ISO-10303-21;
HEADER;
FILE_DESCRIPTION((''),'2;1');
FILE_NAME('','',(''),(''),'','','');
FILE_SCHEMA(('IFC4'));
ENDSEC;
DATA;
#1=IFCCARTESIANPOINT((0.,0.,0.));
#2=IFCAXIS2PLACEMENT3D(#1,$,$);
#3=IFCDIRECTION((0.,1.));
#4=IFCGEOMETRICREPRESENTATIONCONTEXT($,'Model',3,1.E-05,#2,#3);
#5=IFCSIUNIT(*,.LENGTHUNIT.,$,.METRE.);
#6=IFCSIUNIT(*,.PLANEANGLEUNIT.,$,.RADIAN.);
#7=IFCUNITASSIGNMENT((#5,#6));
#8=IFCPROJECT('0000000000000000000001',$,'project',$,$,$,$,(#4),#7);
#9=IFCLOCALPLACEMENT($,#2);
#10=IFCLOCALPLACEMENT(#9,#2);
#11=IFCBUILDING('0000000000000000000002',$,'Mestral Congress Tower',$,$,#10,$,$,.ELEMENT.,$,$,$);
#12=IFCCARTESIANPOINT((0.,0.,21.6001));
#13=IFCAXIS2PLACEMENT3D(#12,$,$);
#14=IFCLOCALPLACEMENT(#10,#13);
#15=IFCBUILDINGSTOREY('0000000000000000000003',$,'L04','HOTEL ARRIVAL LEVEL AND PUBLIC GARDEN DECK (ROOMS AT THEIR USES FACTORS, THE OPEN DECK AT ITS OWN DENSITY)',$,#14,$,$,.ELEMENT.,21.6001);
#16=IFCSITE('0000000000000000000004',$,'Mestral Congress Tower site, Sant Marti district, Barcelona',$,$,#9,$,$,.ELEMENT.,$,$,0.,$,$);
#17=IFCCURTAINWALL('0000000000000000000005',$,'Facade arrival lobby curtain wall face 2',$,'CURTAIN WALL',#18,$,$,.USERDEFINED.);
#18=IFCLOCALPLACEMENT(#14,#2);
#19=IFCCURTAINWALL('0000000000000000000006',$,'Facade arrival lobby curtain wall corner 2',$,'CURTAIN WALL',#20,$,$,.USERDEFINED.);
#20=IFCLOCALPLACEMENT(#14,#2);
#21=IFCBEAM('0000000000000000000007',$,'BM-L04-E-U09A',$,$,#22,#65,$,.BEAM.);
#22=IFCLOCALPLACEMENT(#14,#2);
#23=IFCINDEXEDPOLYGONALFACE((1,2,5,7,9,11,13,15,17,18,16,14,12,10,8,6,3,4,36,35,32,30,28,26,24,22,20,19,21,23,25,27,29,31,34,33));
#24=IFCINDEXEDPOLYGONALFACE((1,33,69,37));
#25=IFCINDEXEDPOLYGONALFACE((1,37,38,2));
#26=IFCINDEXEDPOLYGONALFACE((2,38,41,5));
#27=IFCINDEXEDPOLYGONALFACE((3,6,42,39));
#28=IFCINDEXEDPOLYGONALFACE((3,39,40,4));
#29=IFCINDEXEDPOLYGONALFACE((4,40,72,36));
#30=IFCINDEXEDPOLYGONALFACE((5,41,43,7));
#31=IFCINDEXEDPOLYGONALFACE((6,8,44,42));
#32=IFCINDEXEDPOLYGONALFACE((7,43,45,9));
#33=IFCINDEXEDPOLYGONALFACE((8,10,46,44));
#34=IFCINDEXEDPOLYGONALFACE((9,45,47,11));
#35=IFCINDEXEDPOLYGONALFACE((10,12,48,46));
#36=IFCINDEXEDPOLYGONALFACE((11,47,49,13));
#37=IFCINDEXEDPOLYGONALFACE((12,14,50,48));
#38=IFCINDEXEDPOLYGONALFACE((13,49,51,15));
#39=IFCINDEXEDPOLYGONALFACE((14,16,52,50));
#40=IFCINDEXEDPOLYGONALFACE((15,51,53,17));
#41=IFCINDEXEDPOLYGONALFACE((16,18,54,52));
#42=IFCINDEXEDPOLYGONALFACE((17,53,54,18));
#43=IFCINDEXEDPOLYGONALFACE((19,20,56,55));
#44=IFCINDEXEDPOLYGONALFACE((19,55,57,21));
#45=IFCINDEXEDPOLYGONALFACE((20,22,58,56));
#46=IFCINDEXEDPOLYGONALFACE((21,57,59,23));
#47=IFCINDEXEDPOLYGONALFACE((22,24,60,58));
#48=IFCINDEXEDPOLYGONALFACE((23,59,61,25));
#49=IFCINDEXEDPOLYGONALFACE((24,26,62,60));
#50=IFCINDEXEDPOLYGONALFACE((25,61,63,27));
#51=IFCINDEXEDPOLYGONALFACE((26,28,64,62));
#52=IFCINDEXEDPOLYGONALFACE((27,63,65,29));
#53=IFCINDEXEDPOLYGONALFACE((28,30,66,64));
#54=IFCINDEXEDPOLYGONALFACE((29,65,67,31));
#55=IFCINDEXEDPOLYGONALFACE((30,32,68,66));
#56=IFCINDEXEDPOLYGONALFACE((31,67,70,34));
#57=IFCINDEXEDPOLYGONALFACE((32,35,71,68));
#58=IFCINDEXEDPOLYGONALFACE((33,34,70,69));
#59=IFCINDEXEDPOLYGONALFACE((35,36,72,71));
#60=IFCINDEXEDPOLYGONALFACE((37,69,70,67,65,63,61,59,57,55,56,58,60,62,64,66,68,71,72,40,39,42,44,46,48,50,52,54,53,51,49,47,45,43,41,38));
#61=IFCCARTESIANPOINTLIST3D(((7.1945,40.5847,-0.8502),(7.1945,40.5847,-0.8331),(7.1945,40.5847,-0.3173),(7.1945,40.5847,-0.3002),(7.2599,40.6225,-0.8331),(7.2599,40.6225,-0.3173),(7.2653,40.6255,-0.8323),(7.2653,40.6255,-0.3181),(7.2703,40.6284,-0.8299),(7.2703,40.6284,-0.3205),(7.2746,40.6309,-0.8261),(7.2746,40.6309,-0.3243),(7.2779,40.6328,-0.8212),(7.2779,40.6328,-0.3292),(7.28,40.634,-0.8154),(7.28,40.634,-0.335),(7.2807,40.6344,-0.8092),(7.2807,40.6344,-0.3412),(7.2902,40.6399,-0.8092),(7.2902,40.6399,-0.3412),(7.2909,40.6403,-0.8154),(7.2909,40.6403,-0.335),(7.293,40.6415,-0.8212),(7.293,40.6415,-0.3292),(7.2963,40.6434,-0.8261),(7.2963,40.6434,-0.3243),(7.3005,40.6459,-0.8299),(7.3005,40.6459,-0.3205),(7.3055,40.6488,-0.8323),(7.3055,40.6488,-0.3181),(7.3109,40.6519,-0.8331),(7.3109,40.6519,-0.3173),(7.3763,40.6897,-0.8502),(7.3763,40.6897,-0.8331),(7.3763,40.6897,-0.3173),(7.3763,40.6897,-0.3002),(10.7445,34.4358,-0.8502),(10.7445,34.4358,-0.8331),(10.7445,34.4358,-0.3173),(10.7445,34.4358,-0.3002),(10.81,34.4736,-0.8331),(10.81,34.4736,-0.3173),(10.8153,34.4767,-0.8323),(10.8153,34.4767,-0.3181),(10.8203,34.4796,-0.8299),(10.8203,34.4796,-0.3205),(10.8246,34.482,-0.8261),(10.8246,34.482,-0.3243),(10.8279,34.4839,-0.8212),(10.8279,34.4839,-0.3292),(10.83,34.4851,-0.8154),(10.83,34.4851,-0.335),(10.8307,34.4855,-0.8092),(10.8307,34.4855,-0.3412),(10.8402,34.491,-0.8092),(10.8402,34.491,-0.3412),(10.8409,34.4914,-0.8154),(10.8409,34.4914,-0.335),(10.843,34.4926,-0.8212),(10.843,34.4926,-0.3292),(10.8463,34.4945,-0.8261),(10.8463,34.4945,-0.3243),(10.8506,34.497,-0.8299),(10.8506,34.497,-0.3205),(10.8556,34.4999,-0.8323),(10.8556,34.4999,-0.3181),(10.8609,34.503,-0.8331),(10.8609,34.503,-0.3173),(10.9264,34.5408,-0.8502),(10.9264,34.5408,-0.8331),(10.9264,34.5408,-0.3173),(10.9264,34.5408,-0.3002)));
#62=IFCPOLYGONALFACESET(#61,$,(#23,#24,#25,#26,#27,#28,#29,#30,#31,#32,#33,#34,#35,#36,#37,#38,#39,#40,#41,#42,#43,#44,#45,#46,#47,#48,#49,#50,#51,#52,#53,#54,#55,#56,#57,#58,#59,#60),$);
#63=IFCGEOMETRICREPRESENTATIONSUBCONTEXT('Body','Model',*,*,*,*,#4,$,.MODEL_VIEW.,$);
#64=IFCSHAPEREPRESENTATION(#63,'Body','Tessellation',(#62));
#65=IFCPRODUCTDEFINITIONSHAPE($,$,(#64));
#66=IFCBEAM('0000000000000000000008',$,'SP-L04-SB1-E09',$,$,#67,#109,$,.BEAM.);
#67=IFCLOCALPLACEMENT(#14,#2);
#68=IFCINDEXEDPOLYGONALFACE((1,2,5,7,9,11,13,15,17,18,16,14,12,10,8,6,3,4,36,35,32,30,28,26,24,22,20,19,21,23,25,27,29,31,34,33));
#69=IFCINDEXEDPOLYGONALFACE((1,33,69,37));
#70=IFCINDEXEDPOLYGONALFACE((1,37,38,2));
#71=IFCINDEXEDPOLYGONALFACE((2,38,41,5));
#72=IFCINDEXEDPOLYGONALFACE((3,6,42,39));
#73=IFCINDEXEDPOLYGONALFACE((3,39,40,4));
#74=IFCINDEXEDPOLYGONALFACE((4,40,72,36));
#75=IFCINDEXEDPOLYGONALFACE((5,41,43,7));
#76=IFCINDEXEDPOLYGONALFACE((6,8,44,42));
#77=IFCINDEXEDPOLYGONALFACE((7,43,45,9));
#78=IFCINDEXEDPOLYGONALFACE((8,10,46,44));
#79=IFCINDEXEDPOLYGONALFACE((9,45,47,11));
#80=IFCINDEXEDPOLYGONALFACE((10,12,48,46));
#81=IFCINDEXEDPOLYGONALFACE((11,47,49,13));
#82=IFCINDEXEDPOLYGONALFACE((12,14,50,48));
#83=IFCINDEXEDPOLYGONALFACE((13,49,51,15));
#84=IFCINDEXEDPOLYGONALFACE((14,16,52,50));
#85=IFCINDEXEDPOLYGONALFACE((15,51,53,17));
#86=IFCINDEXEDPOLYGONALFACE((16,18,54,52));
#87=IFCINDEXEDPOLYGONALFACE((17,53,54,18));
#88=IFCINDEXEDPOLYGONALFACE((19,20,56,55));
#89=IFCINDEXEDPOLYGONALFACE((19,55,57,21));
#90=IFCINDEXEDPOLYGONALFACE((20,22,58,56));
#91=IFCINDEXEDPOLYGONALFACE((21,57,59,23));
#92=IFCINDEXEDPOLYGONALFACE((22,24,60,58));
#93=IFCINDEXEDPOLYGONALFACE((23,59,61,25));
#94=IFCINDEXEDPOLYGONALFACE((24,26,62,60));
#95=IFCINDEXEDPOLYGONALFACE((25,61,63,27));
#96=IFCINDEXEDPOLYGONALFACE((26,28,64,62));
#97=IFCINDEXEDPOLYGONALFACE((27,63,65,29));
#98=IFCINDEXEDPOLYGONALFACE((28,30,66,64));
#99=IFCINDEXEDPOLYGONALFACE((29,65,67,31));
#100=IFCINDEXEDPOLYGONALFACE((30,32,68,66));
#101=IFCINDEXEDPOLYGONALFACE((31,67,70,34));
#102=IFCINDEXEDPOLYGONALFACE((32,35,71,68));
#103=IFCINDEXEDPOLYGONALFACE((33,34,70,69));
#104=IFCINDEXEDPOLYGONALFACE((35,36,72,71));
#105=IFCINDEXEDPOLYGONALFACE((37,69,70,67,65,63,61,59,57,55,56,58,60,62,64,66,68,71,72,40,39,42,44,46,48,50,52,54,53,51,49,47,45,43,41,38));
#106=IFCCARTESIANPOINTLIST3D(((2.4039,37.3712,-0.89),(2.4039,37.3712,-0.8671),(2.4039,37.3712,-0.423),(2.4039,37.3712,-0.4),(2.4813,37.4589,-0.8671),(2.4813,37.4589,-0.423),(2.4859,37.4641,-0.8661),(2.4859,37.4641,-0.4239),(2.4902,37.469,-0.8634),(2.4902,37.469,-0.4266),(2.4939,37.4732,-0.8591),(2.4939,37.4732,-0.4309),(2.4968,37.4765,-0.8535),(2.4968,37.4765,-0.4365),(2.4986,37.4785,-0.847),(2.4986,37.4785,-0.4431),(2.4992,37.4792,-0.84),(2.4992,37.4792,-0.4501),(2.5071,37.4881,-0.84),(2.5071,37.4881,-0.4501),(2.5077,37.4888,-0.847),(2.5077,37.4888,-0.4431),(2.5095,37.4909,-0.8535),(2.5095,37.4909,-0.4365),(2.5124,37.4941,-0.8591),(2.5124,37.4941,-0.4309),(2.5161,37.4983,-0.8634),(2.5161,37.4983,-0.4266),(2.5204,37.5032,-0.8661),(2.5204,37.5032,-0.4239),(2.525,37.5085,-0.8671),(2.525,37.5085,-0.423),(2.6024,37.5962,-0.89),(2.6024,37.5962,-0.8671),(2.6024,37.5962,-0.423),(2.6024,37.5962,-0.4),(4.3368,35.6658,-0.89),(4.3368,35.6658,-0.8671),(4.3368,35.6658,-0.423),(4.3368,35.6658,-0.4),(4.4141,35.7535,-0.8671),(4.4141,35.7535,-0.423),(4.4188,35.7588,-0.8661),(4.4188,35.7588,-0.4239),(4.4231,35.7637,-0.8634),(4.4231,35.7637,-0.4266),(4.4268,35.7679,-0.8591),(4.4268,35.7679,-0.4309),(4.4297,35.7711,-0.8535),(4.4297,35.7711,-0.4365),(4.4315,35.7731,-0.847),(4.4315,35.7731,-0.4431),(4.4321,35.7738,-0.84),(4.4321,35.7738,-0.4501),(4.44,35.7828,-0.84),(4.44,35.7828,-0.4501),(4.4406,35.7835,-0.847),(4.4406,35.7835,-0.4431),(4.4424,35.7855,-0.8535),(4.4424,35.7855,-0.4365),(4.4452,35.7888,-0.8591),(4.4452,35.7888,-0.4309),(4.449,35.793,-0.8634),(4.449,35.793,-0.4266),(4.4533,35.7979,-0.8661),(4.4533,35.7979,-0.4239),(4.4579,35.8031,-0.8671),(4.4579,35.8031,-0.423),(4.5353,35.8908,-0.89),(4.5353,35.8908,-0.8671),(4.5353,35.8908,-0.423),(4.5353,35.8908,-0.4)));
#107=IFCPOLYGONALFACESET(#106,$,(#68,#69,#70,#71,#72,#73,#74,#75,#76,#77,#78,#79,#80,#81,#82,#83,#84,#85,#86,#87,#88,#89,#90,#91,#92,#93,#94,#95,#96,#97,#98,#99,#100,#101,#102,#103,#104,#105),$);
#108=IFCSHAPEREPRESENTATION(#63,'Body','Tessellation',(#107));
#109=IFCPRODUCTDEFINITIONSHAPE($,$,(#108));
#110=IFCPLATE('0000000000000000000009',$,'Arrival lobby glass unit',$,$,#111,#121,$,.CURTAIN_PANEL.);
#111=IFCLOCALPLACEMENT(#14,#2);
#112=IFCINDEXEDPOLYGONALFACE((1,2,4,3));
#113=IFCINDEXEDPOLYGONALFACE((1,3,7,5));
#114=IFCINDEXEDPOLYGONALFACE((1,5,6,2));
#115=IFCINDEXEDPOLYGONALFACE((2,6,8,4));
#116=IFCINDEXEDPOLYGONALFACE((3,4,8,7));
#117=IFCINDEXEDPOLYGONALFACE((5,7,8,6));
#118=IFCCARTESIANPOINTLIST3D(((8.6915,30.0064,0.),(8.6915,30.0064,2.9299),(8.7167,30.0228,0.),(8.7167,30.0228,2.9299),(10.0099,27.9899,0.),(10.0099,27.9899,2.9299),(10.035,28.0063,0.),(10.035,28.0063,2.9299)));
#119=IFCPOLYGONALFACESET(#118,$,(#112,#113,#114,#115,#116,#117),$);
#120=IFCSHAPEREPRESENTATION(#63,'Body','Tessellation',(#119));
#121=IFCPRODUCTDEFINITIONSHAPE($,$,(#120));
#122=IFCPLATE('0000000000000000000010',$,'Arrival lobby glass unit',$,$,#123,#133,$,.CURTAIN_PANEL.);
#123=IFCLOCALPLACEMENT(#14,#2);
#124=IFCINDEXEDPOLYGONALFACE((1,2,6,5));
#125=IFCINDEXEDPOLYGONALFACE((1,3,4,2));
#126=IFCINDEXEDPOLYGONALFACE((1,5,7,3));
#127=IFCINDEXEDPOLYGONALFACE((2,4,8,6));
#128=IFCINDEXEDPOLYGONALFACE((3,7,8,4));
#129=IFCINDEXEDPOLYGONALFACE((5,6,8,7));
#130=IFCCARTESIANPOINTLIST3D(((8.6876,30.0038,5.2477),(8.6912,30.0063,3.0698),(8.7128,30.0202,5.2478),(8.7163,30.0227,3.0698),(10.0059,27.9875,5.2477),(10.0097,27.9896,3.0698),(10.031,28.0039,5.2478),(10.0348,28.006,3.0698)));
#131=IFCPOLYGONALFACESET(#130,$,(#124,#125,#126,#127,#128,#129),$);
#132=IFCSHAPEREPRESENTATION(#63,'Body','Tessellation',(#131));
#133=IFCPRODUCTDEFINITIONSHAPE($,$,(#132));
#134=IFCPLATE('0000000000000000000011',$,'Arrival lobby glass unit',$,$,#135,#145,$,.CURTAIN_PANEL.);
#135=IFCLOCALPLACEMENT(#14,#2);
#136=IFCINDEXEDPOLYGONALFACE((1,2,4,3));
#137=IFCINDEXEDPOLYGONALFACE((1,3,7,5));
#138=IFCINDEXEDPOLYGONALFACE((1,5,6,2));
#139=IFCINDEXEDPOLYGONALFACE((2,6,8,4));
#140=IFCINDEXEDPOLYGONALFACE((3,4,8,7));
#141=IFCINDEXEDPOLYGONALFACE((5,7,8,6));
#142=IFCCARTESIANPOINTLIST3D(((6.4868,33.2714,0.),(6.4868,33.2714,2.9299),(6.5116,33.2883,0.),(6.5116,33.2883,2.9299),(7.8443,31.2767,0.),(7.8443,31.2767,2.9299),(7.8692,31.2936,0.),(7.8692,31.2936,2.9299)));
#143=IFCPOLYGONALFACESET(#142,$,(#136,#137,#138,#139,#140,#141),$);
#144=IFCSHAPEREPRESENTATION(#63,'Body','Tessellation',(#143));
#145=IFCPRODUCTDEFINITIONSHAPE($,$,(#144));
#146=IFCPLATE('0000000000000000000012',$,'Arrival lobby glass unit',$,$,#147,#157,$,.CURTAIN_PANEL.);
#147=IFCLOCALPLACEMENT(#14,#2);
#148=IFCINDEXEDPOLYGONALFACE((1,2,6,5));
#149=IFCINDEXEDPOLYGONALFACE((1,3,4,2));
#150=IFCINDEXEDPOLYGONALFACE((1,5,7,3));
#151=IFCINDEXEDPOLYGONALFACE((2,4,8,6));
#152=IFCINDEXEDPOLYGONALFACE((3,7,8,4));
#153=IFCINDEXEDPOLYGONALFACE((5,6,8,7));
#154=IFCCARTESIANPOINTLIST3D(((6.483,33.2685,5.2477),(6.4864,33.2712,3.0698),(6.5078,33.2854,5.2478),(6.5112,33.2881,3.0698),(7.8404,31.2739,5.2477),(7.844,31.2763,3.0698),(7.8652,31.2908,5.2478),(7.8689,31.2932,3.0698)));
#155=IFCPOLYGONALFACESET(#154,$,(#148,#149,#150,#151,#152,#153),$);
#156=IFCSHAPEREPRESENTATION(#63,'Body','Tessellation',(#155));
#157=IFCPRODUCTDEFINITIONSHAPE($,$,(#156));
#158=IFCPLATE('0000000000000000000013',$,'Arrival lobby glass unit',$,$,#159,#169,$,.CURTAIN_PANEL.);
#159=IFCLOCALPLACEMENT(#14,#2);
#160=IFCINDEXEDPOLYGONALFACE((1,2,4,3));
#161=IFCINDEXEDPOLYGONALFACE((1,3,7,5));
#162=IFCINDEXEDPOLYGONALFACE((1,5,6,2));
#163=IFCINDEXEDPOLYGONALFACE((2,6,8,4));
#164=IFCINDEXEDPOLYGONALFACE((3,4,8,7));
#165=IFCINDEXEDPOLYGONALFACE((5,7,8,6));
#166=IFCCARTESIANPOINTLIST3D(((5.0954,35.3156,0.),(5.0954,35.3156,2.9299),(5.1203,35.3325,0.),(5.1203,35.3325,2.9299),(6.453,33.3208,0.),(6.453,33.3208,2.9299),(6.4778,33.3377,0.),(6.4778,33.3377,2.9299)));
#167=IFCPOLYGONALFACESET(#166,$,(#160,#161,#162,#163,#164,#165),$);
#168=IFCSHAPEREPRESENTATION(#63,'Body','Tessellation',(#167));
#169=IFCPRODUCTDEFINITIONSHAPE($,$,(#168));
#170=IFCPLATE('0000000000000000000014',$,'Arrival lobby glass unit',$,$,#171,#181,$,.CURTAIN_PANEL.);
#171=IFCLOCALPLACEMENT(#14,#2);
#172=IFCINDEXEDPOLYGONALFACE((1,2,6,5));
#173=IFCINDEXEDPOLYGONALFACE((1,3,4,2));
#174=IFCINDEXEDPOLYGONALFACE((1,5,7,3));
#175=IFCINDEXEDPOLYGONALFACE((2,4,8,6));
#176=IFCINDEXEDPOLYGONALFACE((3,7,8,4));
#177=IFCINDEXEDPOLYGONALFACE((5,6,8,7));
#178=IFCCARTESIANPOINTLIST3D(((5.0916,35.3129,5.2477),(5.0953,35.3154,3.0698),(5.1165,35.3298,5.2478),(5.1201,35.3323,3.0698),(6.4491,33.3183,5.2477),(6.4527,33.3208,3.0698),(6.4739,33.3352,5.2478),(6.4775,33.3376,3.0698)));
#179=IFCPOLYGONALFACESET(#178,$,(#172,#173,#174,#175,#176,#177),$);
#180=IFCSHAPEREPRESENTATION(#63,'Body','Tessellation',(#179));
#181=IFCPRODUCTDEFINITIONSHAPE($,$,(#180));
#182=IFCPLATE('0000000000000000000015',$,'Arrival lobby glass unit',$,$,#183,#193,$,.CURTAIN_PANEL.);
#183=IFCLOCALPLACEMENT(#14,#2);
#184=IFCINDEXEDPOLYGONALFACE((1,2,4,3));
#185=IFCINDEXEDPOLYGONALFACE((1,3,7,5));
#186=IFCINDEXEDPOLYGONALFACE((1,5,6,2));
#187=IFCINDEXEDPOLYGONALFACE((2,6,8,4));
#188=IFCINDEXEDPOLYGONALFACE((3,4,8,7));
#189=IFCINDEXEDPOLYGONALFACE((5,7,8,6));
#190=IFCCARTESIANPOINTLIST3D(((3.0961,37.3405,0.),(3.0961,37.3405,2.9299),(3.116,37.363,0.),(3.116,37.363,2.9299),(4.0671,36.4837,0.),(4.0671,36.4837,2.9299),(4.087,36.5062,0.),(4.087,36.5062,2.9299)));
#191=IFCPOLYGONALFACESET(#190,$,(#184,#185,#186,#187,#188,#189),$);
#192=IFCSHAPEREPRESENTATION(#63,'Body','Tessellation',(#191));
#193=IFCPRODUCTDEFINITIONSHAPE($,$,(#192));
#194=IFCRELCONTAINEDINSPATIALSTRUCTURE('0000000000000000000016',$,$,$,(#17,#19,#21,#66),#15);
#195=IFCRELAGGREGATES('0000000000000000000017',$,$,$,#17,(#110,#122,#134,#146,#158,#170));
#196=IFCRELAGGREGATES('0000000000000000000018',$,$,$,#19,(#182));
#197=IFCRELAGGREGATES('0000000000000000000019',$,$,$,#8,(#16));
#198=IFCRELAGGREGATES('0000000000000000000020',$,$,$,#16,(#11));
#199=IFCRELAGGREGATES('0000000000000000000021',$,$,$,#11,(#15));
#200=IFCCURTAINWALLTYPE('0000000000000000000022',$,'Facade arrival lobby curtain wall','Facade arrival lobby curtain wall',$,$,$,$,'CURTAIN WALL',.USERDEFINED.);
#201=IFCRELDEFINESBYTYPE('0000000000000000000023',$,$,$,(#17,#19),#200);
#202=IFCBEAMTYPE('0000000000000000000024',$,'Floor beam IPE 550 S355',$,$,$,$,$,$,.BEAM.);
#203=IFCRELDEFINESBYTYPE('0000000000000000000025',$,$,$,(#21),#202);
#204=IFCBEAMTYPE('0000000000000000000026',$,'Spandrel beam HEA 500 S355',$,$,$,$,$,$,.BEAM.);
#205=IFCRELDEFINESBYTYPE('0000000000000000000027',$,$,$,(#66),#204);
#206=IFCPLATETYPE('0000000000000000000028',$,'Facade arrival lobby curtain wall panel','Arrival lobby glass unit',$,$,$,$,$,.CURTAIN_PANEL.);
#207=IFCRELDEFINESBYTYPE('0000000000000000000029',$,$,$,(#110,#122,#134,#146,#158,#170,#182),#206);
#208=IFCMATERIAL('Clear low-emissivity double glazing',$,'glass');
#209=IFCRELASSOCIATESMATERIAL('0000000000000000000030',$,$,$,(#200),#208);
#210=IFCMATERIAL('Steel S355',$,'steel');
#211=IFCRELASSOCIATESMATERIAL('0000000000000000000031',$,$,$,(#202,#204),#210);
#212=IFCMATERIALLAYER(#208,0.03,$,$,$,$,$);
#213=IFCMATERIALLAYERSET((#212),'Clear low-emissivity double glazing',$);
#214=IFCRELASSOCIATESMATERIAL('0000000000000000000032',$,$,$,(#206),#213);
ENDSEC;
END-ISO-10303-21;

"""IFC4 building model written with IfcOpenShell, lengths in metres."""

from ifc_helpers import new_model, si_unit, direction, frame, origin, origin_2d, place, context, subcontext, project, spatial, polyline, rectangle, i_section, outline, extrude, material, layer, layer_set, material_profile, profile_set, type_object, element, aggregate, save


model = new_model("IFC4")

# Units and contexts
model_context = context("Model", 3, precision=1e-05, world=origin(), true_north=direction((0.0, 1.0)))
body_context = subcontext(model_context, "Body", "Model", "MODEL_VIEW")
ifc_project = project(units=[si_unit("LENGTHUNIT", "METRE"), si_unit("PLANEANGLEUNIT", "RADIAN")], contexts=[model_context])

# Site, building, storey
site_placement = place(None, origin())
site = spatial("IfcSite", under=ifc_project, at=site_placement, Name="Mestral Congress Tower site, Sant Marti district, Barcelona", CompositionType="ELEMENT", RefElevation=0.0)
building_placement = place(site_placement, origin())
building = spatial("IfcBuilding", under=site, at=building_placement, Name="Mestral Congress Tower", CompositionType="ELEMENT")
storey_placement = place(building_placement, frame((0.0, 0.0, 21.6001)))
storey = spatial("IfcBuildingStorey", under=building, at=storey_placement, Name="L04", Description="HOTEL ARRIVAL LEVEL AND PUBLIC GARDEN DECK (ROOMS AT THEIR USES FACTORS, THE OPEN DECK AT ITS OWN DENSITY)", CompositionType="ELEMENT", Elevation=21.6001)

# Curtain wall
ifc_material_1 = material(Name="Clear low-emissivity double glazing", Category="glass")
curtain_wall_type = type_object("IfcCurtainWallType", Name="Facade arrival lobby curtain wall", Description="Facade arrival lobby curtain wall", ElementType="CURTAIN WALL", PredefinedType="USERDEFINED", material=ifc_material_1)
placement = place(storey_placement, origin())
curtain_wall_1 = element("IfcCurtainWall", 1, at=placement, inside=storey, type_object=curtain_wall_type, Name="Facade arrival lobby curtain wall face 2", ObjectType="CURTAIN WALL", PredefinedType="USERDEFINED")

# Curtain wall
curtain_wall_2 = element("IfcCurtainWall", 2, at=placement, inside=storey, type_object=curtain_wall_type, Name="Facade arrival lobby curtain wall corner 2", ObjectType="CURTAIN WALL", PredefinedType="USERDEFINED")

# Beams
ifc_material_2 = material(Name="Steel S355", Category="steel")
ifc_material_profile_1 = material_profile(ifc_material_2, i_section(OverallWidth=0.21, OverallDepth=0.55, WebThickness=0.011, FlangeThickness=0.0171, FilletRadius=0.0239, at=origin_2d()), Name="IPE 550")
ifc_profile_set_1 = profile_set([ifc_material_profile_1], Name="Steel S355")
beam_type_1 = type_object("IfcBeamType", Name="Floor beam IPE 550 S355", PredefinedType="BEAM", material=ifc_profile_set_1)
beam_1_placement = place(storey_placement, frame((10.8354, 34.4883, -0.5752), z_axis=(-0.499996, 0.866028, 0.0), x_axis=(-0.866028, -0.499996, 0.0)))
element("IfcBeam", 3, at=beam_1_placement, inside=storey, type_object=beam_type_1, Name="BM-L04-E-U09A", PredefinedType="BEAM", context=body_context, shape_type="SweptSolid", body=[
    extrude(i_section(OverallWidth=0.21, OverallDepth=0.55, WebThickness=0.011, FlangeThickness=0.0171, FilletRadius=0.0239, at=origin_2d()), origin(), (0.0, 0.0, 1.0), 7.1001),
])
ifc_material_profile_2 = material_profile(ifc_material_2, i_section(OverallWidth=0.3, OverallDepth=0.49, WebThickness=0.012, FlangeThickness=0.0229, FilletRadius=0.0271, at=origin_2d()), Name="HEA 500")
ifc_profile_set_2 = profile_set([ifc_material_profile_2], Name="Steel S355")
beam_type_2 = type_object("IfcBeamType", Name="Spandrel beam HEA 500 S355", PredefinedType="BEAM", material=ifc_profile_set_2)
beam_2_placement = place(storey_placement, frame((4.436, 35.7783, -0.645), z_axis=(-0.749865, 0.66159, 0.0), x_axis=(-0.66159, -0.749865, 0.0)))
element("IfcBeam", 4, at=beam_2_placement, inside=storey, type_object=beam_type_2, Name="SP-L04-SB1-E09", PredefinedType="BEAM", context=body_context, shape_type="SweptSolid", body=[
    extrude(i_section(OverallWidth=0.3, OverallDepth=0.49, WebThickness=0.012, FlangeThickness=0.0229, FilletRadius=0.0271, at=origin_2d()), origin(), (0.0, 0.0, 1.0), 2.5776),
])

# Plates
ifc_layer = layer(ifc_material_1, 0.03)
ifc_layer_set = layer_set([ifc_layer], Name="Clear low-emissivity double glazing")
plate_type = type_object("IfcPlateType", Name="Facade arrival lobby curtain wall panel", Description="Arrival lobby glass unit", PredefinedType="CURTAIN_PANEL", material=ifc_layer_set)
plate_1_placement = place(storey_placement, frame((9.3633, 29.0063, 0.0), z_axis=(0.0, 0.0, 1.0), x_axis=(-0.54723, 0.836982, 0.0)))
plate_1 = element("IfcPlate", 5, at=plate_1_placement, type_object=plate_type, Name="Arrival lobby glass unit", PredefinedType="CURTAIN_PANEL", context=body_context, shape_type="SweptSolid", body=[
    extrude(rectangle(XDim=2.4092, YDim=0.03, at=origin_2d()), origin(), (0.0, 0.0, 1.0), 2.9299),
])
plate_2_placement = place(storey_placement, frame((8.7163, 30.0227, 3.0698), z_axis=(0.836988, 0.547217, 0.00199), x_axis=(0.547218, -0.83699, 0.0)))
plate_2 = element("IfcPlate", 6, at=plate_2_placement, type_object=plate_type, Name="Arrival lobby glass unit", PredefinedType="CURTAIN_PANEL", context=body_context, shape_type="SweptSolid", body=[
    extrude(outline(polyline([(0.0, 0.0), (2.4094, 0.0), (2.4091, -2.178), (0.0002, -2.178), (0.0, 0.0)])), origin(), (0.0, 0.0, -1.0), 0.03),
])
plate_3_placement = place(storey_placement, frame((7.178, 32.2825, 0.0), z_axis=(0.0, 0.0, 1.0), x_axis=(-0.562623, 0.826713, 0.0)))
plate_3 = element("IfcPlate", 7, at=plate_3_placement, type_object=plate_type, Name="Arrival lobby glass unit", PredefinedType="CURTAIN_PANEL", context=body_context, shape_type="SweptSolid", body=[
    extrude(rectangle(XDim=2.4128, YDim=0.03, at=origin_2d()), origin(), (0.0, 0.0, 1.0), 2.9299),
])
plate_4_placement = place(storey_placement, frame((6.5112, 33.2881, 3.0698), z_axis=(0.82671, 0.562624, 0.002006), x_axis=(0.562625, -0.826712, 0.0)))
plate_4 = element("IfcPlate", 8, at=plate_4_placement, type_object=plate_type, Name="Arrival lobby glass unit", PredefinedType="CURTAIN_PANEL", context=body_context, shape_type="SweptSolid", body=[
    extrude(outline(polyline([(0.0, 0.0), (2.413, 0.0), (2.413, -2.178), (0.0003, -2.178), (0.0, 0.0)])), origin(), (0.0, 0.0, -1.0), 0.03),
])
plate_5_placement = place(storey_placement, frame((5.7866, 34.3267, 0.0), z_axis=(0.0, 0.0, 1.0), x_axis=(-0.562623, 0.826713, 0.0)))
plate_5 = element("IfcPlate", 9, at=plate_5_placement, type_object=plate_type, Name="Arrival lobby glass unit", PredefinedType="CURTAIN_PANEL", context=body_context, shape_type="SweptSolid", body=[
    extrude(rectangle(XDim=2.4128, YDim=0.03, at=origin_2d()), origin(), (0.0, 0.0, 1.0), 2.9299),
])
plate_6_placement = place(storey_placement, frame((5.1201, 35.3323, 3.0698), z_axis=(0.826718, 0.562613, 0.002021), x_axis=(0.562614, -0.826719, 0.0)))
plate_6 = element("IfcPlate", 10, at=plate_6_placement, type_object=plate_type, Name="Arrival lobby glass unit", PredefinedType="CURTAIN_PANEL", context=body_context, shape_type="SweptSolid", body=[
    extrude(outline(polyline([(0.0, 0.0), (2.4127, 0.0), (2.4127, -2.178), (0.0, -2.178), (0.0, 0.0)])), origin(), (0.0, 0.0, -1.0), 0.03),
])
aggregate(curtain_wall_1, [plate_1, plate_2, plate_3, plate_4, plate_5, plate_6])
plate_7_placement = place(storey_placement, frame((3.5916, 36.9233, 0.0), z_axis=(0.0, 0.0, 1.0), x_axis=(-0.749812, 0.661651, 0.0)))
plate_7 = element("IfcPlate", 11, at=plate_7_placement, type_object=plate_type, Name="Arrival lobby glass unit", PredefinedType="CURTAIN_PANEL", context=body_context, shape_type="SweptSolid", body=[
    extrude(rectangle(XDim=1.2949, YDim=0.03, at=origin_2d()), origin(), (0.0, 0.0, 1.0), 2.9299),
])
aggregate(curtain_wall_2, [plate_7])

save(model, "model.ifc")
